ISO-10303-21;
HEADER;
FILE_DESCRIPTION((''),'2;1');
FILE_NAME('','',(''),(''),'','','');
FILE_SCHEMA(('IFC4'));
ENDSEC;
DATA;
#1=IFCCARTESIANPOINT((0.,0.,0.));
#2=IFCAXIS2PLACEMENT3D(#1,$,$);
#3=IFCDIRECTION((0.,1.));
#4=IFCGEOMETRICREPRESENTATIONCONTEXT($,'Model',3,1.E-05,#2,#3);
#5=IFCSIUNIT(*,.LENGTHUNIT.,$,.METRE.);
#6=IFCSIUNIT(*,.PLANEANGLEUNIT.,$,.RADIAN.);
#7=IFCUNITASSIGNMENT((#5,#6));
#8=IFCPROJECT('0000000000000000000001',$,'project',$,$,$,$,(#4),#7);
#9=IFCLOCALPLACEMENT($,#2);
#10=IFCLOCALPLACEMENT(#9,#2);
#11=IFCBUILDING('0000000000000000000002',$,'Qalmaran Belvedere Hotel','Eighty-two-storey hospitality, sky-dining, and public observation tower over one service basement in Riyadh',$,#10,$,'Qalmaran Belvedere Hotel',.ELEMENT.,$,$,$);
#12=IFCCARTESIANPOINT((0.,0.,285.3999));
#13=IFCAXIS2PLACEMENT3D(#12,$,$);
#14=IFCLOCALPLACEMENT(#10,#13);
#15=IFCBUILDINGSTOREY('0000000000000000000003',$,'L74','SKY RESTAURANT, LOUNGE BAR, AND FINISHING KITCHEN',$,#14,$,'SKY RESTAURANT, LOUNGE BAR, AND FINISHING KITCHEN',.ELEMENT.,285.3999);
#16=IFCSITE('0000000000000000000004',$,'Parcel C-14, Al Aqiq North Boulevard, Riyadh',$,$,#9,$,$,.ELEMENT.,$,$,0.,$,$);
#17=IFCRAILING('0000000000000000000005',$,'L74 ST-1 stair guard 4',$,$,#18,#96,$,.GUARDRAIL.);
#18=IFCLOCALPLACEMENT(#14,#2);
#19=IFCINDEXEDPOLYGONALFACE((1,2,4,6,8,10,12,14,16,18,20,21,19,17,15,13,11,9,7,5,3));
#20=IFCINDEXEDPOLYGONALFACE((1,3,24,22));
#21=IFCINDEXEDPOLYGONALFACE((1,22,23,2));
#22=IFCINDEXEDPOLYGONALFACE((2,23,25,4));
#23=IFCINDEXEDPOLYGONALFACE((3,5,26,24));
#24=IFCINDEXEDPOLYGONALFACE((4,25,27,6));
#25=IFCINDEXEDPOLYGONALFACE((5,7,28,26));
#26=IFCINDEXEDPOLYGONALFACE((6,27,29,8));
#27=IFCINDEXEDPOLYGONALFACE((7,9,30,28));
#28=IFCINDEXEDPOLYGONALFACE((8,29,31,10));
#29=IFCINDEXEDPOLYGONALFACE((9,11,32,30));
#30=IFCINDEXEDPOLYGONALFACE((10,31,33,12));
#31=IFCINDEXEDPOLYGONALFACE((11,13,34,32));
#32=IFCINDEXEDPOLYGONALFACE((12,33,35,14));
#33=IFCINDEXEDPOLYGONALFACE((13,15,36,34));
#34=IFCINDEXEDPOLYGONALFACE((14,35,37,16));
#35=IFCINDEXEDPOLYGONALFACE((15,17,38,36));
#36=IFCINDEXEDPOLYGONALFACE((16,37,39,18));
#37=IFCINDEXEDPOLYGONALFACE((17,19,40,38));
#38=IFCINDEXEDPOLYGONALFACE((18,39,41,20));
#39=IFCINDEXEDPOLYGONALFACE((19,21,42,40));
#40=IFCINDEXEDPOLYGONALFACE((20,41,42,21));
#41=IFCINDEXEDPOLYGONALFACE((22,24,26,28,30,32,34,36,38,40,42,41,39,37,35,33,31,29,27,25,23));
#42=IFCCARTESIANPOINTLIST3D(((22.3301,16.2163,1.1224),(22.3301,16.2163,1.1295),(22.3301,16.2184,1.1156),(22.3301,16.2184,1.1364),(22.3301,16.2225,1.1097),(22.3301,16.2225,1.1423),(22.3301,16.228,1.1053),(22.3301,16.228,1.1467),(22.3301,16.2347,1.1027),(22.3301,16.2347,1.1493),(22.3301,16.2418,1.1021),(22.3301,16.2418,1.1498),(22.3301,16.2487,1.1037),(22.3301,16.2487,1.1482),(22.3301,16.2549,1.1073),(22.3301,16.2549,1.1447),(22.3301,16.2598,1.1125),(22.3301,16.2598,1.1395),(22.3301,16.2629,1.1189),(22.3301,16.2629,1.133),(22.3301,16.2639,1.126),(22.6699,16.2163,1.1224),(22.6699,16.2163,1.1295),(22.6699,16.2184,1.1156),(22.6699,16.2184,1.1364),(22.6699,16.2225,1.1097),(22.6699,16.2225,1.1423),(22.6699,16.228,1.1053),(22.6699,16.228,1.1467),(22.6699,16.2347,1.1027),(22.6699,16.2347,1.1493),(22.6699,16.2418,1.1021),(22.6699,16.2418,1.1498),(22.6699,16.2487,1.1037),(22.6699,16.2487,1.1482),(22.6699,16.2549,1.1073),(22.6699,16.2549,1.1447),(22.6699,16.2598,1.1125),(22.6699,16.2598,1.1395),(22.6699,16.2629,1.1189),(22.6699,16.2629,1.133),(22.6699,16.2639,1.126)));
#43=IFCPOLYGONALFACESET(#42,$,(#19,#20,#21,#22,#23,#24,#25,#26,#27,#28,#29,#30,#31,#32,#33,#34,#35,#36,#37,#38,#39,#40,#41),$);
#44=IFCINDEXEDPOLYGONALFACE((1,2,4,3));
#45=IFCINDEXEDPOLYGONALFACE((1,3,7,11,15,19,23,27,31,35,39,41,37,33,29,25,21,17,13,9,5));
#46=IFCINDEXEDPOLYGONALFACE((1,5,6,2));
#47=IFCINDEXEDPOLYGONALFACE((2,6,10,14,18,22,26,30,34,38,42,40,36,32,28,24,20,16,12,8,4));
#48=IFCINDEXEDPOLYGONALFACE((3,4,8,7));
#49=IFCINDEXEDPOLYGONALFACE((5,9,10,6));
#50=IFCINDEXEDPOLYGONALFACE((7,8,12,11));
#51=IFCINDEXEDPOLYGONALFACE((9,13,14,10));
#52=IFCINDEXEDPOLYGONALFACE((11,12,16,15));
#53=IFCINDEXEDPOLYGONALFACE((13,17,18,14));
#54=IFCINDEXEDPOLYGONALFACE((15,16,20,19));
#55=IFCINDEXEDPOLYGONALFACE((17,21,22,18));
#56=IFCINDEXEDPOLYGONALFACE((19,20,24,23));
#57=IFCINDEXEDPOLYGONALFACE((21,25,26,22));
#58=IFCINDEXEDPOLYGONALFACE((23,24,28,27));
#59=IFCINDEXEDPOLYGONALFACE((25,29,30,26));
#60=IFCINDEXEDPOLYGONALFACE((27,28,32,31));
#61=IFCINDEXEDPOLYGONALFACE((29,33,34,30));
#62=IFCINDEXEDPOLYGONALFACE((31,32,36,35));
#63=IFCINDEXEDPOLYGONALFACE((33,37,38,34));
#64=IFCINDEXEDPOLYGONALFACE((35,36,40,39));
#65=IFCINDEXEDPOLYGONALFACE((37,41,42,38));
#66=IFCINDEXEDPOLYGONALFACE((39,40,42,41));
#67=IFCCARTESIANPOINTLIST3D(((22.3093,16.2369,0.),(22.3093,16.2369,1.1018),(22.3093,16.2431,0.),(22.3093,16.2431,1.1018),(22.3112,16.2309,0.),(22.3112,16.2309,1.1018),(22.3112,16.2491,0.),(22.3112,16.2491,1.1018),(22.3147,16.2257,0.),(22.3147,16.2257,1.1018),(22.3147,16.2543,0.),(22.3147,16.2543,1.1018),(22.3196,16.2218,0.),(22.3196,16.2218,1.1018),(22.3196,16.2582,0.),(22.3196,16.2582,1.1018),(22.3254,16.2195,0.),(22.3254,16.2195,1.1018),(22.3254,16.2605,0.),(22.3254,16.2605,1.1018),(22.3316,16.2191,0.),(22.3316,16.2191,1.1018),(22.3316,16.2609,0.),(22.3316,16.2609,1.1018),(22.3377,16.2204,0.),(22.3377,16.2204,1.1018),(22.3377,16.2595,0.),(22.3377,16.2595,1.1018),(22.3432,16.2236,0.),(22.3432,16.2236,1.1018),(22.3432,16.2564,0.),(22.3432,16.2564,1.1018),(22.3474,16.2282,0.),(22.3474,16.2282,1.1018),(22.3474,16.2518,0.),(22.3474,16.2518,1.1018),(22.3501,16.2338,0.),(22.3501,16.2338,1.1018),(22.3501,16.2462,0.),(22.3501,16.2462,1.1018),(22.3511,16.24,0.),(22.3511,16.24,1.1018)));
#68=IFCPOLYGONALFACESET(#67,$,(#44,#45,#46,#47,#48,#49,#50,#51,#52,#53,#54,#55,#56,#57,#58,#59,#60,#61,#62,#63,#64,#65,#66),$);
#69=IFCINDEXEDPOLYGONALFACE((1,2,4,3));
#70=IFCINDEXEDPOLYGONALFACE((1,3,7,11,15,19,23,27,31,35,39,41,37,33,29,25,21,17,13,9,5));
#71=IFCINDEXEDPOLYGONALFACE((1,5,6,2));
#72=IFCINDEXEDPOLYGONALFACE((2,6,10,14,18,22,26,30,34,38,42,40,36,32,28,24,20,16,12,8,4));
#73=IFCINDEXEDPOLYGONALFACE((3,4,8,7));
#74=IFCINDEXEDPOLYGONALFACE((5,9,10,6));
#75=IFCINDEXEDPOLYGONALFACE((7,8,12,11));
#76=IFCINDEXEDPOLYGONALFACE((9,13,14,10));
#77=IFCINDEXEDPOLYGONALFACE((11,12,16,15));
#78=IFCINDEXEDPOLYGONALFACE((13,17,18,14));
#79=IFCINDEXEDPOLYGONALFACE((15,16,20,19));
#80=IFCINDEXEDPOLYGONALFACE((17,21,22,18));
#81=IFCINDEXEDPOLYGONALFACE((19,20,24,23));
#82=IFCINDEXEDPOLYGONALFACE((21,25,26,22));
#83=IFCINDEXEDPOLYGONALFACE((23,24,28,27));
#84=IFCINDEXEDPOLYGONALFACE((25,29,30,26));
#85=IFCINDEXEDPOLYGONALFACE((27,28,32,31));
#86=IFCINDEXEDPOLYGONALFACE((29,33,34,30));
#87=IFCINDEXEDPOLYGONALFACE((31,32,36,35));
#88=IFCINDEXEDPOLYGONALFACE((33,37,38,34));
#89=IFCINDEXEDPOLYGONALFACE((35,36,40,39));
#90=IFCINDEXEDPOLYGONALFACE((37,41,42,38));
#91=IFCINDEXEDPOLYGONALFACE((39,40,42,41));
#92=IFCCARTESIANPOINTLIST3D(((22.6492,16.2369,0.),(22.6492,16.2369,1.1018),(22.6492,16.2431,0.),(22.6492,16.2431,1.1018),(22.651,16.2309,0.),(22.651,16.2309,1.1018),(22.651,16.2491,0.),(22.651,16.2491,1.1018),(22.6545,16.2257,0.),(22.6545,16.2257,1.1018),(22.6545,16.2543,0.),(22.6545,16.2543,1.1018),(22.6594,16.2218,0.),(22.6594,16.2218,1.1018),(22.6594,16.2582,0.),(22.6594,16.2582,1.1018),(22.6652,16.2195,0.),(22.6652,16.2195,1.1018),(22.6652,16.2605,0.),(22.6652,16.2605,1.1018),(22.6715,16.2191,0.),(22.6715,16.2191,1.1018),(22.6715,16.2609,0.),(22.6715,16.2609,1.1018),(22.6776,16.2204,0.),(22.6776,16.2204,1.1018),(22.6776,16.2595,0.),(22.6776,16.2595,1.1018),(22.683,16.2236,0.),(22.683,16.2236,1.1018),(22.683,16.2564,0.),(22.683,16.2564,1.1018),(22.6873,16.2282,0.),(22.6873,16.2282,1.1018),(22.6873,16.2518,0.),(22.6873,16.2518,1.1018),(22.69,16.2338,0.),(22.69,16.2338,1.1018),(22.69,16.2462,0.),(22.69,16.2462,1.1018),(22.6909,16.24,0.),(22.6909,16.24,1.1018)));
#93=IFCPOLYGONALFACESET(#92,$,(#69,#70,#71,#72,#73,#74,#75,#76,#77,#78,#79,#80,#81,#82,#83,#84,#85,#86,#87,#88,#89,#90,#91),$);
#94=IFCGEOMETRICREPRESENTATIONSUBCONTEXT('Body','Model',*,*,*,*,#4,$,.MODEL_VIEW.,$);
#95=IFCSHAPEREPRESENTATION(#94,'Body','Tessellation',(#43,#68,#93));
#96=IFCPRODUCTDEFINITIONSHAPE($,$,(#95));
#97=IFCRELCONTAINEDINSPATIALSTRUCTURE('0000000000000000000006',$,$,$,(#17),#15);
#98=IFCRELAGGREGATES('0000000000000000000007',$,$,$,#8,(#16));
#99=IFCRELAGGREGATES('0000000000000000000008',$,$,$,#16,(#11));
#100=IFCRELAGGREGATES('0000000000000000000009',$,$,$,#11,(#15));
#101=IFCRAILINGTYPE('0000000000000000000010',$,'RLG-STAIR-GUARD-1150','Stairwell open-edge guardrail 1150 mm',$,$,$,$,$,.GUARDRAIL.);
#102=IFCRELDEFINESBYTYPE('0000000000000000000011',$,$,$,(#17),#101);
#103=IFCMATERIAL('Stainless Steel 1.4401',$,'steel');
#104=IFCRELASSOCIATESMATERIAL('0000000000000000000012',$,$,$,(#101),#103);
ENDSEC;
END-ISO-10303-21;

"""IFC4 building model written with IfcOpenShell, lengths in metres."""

from ifc_helpers import new_model, si_unit, direction, frame, origin, origin_2d, place, context, subcontext, project, spatial, circle, extrude, material, type_object, element, save


model = new_model("IFC4")

# Units and contexts
model_context = context("Model", 3, precision=1e-05, world=origin(), true_north=direction((0.0, 1.0)))
body_context = subcontext(model_context, "Body", "Model", "MODEL_VIEW")
ifc_project = project(units=[si_unit("LENGTHUNIT", "METRE"), si_unit("PLANEANGLEUNIT", "RADIAN")], contexts=[model_context])

# Site, building, storey
site_placement = place(None, origin())
site = spatial("IfcSite", under=ifc_project, at=site_placement, Name="Parcel C-14, Al Aqiq North Boulevard, Riyadh", CompositionType="ELEMENT", RefElevation=0.0)
building_placement = place(site_placement, origin())
building = spatial("IfcBuilding", under=site, at=building_placement, Name="Qalmaran Belvedere Hotel", Description="Eighty-two-storey hospitality, sky-dining, and public observation tower over one service basement in Riyadh", LongName="Qalmaran Belvedere Hotel", CompositionType="ELEMENT")
storey_placement = place(building_placement, frame((0.0, 0.0, 285.3999)))
storey = spatial("IfcBuildingStorey", under=building, at=storey_placement, Name="L74", Description="SKY RESTAURANT, LOUNGE BAR, AND FINISHING KITCHEN", LongName="SKY RESTAURANT, LOUNGE BAR, AND FINISHING KITCHEN", CompositionType="ELEMENT", Elevation=285.3999)

# Shared definitions
ifc_material_1 = material(Name="Stainless Steel 1.4401", Category="steel")

# Railing
railing_type = type_object("IfcRailingType", Name="RLG-STAIR-GUARD-1150", Description="Stairwell open-edge guardrail 1150 mm", PredefinedType="GUARDRAIL", material=ifc_material_1)
railing_placement = place(storey_placement, frame((22.3301, 16.24, 0.0)))
element("IfcRailing", 1, at=railing_placement, inside=storey, type_object=railing_type, Name="L74 ST-1 stair guard 4", PredefinedType="GUARDRAIL", context=body_context, shape_type="SweptSolid", body=[
    extrude(circle(Radius=0.0239, at=origin_2d()), frame((0.0, 0.0, 1.126), z_axis=(1.0, 0.0, 0.0), x_axis=(0.0, 1.0, 0.0)), (0.0, 0.0, 1.0), 0.3398),
    extrude(circle(Radius=0.021, at=origin_2d()), origin(), (0.0, 0.0, 1.0), 1.1018),
    extrude(circle(Radius=0.021, at=origin_2d()), frame((0.3398, 0.0, 0.0)), (0.0, 0.0, 1.0), 1.1018),
])

save(model, "model.ifc")
